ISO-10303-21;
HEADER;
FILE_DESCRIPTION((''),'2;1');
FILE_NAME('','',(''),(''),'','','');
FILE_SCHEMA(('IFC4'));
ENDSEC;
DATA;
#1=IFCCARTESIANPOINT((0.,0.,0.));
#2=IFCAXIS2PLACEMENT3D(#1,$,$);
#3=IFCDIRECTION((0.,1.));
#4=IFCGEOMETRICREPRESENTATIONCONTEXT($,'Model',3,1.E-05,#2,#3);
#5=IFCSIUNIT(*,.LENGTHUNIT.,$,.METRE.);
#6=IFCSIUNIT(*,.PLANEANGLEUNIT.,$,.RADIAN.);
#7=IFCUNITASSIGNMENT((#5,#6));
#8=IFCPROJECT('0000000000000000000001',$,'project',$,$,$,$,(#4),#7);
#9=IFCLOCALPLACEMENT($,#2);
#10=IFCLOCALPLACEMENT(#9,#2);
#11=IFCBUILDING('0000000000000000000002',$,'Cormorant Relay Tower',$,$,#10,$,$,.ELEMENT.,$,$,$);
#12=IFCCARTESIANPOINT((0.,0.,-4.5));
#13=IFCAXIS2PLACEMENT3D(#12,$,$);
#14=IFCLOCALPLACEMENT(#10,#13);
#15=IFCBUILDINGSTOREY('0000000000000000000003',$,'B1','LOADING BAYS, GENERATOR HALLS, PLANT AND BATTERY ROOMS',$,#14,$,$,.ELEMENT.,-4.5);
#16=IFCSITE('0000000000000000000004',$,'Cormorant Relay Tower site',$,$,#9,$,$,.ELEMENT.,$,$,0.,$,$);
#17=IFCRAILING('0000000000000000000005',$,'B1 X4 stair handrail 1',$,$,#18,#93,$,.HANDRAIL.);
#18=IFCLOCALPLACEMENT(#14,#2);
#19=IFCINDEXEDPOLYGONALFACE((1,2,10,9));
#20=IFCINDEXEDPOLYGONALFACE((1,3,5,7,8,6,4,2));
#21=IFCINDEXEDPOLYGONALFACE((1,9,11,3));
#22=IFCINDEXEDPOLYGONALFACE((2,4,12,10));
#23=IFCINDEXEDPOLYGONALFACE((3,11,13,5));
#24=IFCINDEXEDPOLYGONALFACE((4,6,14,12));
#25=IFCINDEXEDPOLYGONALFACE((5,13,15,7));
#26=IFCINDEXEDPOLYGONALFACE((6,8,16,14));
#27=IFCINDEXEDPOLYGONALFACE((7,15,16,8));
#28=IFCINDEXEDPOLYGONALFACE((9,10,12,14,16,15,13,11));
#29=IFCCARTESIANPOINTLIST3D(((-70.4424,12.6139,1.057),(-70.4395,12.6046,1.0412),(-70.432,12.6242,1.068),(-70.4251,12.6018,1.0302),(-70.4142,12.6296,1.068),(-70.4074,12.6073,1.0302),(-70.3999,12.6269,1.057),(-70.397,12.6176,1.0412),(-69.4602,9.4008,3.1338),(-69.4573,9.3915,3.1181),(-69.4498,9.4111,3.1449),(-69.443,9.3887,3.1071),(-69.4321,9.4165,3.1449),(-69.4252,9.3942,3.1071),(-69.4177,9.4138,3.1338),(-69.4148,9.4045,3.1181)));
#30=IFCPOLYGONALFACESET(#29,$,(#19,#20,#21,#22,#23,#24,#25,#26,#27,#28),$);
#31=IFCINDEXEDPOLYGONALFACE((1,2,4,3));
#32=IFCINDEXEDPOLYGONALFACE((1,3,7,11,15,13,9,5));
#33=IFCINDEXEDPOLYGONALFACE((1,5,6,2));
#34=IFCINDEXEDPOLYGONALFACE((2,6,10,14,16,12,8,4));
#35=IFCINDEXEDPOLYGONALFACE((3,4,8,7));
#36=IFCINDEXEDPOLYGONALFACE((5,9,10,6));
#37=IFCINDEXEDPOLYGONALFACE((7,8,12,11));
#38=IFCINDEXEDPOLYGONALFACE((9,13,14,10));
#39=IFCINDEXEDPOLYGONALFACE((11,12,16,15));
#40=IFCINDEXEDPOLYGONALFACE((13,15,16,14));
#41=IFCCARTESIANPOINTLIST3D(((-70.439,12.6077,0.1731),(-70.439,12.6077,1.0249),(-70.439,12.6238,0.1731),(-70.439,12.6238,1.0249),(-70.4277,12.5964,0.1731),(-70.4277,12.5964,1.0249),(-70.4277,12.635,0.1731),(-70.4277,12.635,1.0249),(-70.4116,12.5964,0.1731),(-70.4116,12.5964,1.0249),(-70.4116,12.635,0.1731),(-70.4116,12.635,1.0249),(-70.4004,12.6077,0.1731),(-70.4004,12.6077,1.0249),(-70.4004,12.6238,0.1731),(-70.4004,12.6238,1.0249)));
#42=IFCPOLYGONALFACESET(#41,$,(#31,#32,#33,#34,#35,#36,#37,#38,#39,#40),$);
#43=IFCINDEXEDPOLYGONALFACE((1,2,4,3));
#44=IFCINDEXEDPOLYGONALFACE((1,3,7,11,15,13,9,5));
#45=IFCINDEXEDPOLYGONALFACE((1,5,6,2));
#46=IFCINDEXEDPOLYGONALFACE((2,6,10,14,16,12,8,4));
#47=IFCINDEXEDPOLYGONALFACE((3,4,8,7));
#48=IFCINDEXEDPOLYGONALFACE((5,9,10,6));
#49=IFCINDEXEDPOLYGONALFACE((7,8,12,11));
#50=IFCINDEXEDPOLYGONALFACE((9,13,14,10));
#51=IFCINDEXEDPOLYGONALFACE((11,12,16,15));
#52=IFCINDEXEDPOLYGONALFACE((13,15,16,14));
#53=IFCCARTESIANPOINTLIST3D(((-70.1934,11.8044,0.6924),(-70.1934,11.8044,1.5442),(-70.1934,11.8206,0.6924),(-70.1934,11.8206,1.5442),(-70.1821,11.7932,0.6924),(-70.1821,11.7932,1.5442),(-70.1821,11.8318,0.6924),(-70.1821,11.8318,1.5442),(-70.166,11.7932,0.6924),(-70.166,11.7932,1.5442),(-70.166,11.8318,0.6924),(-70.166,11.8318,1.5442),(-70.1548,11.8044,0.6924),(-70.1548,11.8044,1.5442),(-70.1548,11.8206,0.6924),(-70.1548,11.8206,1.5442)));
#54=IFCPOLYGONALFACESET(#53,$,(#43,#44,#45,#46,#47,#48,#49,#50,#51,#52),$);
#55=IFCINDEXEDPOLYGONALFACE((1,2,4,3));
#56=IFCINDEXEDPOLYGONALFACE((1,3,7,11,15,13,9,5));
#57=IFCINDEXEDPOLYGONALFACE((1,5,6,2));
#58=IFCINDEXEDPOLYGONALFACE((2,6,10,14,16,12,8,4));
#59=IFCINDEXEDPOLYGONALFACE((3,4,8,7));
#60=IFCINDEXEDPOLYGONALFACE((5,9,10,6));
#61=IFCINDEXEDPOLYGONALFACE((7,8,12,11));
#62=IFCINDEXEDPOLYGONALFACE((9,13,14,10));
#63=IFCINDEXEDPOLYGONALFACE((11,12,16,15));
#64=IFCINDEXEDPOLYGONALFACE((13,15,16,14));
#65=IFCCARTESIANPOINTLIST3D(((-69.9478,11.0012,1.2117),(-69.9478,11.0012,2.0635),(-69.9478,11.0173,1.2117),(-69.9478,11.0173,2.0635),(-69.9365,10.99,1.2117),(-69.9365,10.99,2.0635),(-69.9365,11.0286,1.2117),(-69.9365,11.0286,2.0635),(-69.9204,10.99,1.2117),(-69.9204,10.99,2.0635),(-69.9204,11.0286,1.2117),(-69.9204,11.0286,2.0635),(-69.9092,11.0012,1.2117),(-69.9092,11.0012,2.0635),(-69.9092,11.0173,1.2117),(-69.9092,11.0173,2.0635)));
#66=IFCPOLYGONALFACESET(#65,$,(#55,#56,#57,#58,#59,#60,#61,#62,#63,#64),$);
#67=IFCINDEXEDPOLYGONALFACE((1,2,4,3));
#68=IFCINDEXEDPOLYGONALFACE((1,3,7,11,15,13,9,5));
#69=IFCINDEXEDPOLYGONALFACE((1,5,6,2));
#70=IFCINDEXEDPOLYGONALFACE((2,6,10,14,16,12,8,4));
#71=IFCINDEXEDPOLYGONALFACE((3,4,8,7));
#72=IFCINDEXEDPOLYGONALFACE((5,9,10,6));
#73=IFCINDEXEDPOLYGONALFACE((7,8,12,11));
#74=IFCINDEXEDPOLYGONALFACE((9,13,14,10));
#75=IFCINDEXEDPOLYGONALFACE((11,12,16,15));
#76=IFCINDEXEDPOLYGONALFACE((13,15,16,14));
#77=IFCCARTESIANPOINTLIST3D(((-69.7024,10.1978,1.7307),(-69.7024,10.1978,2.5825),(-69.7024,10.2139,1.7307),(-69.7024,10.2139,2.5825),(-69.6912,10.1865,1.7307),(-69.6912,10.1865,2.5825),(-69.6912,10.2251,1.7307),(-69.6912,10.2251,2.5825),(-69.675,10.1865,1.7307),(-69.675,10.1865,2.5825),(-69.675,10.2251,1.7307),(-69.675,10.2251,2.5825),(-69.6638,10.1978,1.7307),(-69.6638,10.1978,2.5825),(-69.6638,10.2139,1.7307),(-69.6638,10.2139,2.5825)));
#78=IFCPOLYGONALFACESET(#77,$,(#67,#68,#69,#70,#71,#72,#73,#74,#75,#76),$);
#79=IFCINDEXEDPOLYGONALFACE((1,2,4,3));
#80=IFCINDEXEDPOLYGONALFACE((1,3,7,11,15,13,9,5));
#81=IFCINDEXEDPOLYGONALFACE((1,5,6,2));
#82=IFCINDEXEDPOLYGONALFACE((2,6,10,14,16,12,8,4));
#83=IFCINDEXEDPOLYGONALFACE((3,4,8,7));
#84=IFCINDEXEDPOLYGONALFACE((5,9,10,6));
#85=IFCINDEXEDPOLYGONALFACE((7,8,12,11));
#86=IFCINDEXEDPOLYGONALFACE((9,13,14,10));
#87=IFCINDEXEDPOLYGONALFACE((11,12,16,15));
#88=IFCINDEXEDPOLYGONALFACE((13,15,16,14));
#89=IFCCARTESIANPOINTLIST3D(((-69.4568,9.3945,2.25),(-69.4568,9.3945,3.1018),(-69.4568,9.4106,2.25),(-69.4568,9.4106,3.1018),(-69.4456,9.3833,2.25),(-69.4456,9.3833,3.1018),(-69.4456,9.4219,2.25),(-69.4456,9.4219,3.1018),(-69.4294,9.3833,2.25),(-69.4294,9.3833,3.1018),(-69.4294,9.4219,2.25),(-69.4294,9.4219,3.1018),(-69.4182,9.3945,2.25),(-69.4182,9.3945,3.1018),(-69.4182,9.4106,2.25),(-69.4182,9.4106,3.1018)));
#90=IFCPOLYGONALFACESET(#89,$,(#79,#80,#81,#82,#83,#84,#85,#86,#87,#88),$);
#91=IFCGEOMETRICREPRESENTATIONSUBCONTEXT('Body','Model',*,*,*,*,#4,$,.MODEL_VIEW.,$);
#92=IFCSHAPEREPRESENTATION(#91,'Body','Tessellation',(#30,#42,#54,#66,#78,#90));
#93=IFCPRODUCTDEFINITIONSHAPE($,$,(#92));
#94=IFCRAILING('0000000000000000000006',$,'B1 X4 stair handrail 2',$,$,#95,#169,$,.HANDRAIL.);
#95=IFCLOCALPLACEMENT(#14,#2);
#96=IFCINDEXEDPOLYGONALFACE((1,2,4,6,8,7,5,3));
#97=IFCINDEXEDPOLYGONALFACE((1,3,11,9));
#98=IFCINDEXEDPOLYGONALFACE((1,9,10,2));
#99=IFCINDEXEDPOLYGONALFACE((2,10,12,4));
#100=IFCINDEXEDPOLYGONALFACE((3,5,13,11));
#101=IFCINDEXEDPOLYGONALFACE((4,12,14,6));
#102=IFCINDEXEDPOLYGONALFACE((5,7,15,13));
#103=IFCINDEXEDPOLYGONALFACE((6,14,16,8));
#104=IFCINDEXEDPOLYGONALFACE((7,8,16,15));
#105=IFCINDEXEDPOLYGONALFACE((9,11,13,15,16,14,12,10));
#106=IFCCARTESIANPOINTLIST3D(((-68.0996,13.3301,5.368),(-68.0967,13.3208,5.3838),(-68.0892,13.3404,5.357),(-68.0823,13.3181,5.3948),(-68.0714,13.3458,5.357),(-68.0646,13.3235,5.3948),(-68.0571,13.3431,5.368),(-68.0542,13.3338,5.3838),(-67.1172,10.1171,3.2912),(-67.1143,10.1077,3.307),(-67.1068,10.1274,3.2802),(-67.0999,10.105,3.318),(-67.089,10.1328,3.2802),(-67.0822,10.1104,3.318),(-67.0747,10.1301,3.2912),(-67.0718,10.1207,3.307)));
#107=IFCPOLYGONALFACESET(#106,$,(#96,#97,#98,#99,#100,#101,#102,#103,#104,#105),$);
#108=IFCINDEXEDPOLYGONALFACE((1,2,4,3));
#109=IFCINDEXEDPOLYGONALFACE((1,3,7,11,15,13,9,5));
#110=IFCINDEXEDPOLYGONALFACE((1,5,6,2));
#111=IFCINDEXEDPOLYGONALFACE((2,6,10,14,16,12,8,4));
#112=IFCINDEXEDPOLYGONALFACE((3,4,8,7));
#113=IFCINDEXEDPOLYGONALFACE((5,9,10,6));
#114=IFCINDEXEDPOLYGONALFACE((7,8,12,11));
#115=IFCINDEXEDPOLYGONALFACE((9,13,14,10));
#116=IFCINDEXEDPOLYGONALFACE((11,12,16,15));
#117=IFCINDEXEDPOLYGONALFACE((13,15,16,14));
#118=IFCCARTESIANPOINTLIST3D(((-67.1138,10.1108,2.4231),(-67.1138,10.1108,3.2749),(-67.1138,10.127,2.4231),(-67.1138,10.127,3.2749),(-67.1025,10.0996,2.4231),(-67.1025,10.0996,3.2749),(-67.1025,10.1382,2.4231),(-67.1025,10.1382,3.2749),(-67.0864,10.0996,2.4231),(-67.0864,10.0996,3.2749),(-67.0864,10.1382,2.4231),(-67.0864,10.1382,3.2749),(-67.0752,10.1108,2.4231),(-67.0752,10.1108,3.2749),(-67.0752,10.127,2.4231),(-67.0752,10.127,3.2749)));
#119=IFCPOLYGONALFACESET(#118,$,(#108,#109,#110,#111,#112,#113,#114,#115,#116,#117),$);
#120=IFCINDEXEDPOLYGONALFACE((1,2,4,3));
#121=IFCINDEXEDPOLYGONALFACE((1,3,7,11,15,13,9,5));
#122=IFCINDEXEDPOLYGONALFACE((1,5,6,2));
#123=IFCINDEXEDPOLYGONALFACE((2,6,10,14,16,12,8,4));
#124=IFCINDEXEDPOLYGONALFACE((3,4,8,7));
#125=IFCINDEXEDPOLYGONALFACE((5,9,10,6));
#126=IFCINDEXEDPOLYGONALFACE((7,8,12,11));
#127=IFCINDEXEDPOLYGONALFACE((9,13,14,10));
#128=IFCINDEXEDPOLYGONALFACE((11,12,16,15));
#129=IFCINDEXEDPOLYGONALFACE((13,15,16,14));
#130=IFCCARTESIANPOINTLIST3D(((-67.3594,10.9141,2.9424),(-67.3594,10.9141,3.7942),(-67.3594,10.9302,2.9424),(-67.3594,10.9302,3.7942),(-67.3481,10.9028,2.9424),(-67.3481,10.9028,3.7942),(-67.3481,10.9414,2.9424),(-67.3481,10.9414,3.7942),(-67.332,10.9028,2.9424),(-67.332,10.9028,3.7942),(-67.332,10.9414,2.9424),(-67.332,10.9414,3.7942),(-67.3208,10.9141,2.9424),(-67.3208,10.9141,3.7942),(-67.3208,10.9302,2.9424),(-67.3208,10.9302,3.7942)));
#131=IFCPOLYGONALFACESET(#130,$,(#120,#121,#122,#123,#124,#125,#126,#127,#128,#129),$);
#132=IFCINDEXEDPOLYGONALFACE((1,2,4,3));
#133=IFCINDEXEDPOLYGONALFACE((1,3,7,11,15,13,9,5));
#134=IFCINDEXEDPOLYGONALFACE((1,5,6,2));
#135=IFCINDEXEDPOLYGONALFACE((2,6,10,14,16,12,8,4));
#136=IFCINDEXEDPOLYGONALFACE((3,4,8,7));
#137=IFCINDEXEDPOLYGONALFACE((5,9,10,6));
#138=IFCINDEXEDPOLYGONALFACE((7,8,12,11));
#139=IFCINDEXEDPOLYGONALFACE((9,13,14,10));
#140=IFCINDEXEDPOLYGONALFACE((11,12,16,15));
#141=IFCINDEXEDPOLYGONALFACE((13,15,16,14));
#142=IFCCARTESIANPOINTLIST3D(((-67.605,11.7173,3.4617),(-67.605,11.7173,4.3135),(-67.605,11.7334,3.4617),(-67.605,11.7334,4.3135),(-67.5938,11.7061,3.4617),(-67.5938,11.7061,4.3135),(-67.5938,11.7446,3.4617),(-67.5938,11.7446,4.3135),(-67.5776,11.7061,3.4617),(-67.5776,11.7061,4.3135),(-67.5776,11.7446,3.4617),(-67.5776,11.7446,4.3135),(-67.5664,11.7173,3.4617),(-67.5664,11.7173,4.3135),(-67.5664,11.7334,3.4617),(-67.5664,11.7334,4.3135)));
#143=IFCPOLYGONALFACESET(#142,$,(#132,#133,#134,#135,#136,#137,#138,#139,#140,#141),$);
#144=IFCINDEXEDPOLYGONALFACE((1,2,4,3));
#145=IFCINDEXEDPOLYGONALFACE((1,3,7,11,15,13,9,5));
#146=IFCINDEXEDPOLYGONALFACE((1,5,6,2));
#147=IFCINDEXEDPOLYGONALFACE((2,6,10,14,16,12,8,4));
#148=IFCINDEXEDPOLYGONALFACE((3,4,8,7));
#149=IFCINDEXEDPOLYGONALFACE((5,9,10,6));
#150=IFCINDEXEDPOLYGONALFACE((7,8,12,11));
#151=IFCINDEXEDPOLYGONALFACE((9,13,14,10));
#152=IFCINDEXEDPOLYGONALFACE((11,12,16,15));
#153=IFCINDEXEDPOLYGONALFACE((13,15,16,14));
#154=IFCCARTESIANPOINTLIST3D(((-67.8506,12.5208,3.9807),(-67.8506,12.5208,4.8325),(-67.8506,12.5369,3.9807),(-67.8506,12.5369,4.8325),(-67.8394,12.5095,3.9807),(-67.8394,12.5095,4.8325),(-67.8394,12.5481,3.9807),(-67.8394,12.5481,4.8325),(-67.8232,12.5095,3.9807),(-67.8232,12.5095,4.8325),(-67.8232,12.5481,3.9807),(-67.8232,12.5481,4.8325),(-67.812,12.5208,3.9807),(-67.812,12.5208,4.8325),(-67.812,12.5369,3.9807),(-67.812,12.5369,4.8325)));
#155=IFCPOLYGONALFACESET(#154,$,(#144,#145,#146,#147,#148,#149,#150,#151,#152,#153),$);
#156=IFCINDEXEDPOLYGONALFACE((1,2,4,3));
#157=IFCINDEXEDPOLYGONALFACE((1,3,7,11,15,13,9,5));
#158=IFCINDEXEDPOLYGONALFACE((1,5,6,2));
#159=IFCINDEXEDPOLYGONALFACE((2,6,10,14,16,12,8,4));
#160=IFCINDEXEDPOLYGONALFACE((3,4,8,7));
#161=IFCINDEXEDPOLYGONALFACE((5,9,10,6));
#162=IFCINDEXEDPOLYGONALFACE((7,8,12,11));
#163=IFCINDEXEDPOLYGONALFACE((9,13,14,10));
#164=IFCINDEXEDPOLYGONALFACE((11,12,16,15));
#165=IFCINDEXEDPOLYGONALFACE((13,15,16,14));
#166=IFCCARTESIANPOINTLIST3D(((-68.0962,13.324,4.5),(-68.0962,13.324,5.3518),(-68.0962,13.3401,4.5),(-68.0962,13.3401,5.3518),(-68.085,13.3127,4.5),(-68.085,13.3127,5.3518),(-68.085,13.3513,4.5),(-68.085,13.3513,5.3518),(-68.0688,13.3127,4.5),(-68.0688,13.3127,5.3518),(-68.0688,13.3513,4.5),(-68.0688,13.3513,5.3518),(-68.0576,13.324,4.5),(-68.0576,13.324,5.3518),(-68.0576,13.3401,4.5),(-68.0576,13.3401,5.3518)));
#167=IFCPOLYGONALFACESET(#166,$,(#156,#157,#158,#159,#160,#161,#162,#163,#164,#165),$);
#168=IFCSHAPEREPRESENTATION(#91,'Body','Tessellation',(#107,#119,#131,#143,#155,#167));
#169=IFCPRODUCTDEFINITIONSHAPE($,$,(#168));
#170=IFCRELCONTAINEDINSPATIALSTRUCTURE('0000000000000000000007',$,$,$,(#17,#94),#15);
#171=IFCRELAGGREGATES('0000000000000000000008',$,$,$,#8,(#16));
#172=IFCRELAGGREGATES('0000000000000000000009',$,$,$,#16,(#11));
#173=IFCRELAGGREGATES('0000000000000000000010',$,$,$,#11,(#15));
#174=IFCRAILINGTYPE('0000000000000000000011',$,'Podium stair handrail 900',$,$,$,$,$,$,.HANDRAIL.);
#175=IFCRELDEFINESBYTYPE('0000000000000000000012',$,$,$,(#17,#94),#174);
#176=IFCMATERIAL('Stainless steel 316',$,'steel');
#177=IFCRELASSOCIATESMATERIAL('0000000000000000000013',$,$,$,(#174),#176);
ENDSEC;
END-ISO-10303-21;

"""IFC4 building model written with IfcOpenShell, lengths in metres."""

from ifc_helpers import new_model, si_unit, direction, frame, origin, place, context, subcontext, project, spatial, polyline, outline, extrude, material, type_object, element, save


model = new_model("IFC4")

# Units and contexts
model_context = context("Model", 3, precision=1e-05, world=origin(), true_north=direction((0.0, 1.0)))
body_context = subcontext(model_context, "Body", "Model", "MODEL_VIEW")
ifc_project = project(units=[si_unit("LENGTHUNIT", "METRE"), si_unit("PLANEANGLEUNIT", "RADIAN")], contexts=[model_context])

# Site, building, storey
site_placement = place(None, origin())
site = spatial("IfcSite", under=ifc_project, at=site_placement, Name="Cormorant Relay Tower site", CompositionType="ELEMENT", RefElevation=0.0)
building_placement = place(site_placement, origin())
building = spatial("IfcBuilding", under=site, at=building_placement, Name="Cormorant Relay Tower", CompositionType="ELEMENT")
storey_placement = place(building_placement, frame((0.0, 0.0, -4.5)))
storey = spatial("IfcBuildingStorey", under=building, at=storey_placement, Name="B1", Description="LOADING BAYS, GENERATOR HALLS, PLANT AND BATTERY ROOMS", CompositionType="ELEMENT", Elevation=-4.5)

# Railings
ifc_material_1 = material(Name="Stainless steel 316", Category="steel")
railing_type_1 = type_object("IfcRailingType", Name="Podium stair handrail 900", PredefinedType="HANDRAIL", material=ifc_material_1)
railing_1_placement = place(storey_placement, frame((-70.4197, 12.6157, 0.1731)))
element("IfcRailing", 1, at=railing_1_placement, inside=storey, type_object=railing_type_1, Name="B1 X4 stair handrail 1", PredefinedType="HANDRAIL", context=body_context, shape_type="SweptSolid", body=[
    extrude(outline(polyline([(0.0222, 0.0093), (0.0093, 0.0222), (-0.0093, 0.0222), (-0.0222, 0.0093), (-0.0222, -0.0093), (-0.0093, -0.0222), (0.0093, -0.0222), (0.0222, -0.0093), (0.0222, 0.0093)])), frame((0.0, 0.0, 0.876), z_axis=(0.248653, -0.813453, 0.5258), x_axis=(0.956319, 0.292324, 0.0)), (0.0, 0.0, 1.0), 3.95),
    extrude(outline(polyline([(0.0193, 0.0081), (0.0081, 0.0193), (-0.0081, 0.0193), (-0.0193, 0.0081), (-0.0193, -0.0081), (-0.0081, -0.0193), (0.0081, -0.0193), (0.0193, -0.0081), (0.0193, 0.0081)])), origin(), (0.0, 0.0, 1.0), 0.8518),
    extrude(outline(polyline([(0.0193, 0.0081), (0.0081, 0.0193), (-0.0081, 0.0193), (-0.0193, 0.0081), (-0.0193, -0.0081), (-0.0081, -0.0193), (0.0081, -0.0193), (0.0193, -0.0081), (0.0193, 0.0081)])), frame((0.2456, -0.8032, 0.5193)), (0.0, 0.0, 1.0), 0.8518),
    extrude(outline(polyline([(0.0193, 0.0081), (0.0081, 0.0193), (-0.0081, 0.0193), (-0.0193, 0.0081), (-0.0193, -0.0081), (-0.0081, -0.0193), (0.0081, -0.0193), (0.0193, -0.0081), (0.0193, 0.0081)])), frame((0.4912, -1.6064, 1.0386)), (0.0, 0.0, 1.0), 0.8518),
    extrude(outline(polyline([(0.0193, 0.0081), (0.0081, 0.0193), (-0.0081, 0.0193), (-0.0193, 0.0081), (-0.0193, -0.0081), (-0.0081, -0.0193), (0.0081, -0.0193), (0.0193, -0.0081), (0.0193, 0.0081)])), frame((0.7366, -2.4099, 1.5576)), (0.0, 0.0, 1.0), 0.8518),
    extrude(outline(polyline([(0.0193, 0.0081), (0.0081, 0.0193), (-0.0081, 0.0193), (-0.0193, 0.0081), (-0.0193, -0.0081), (-0.0081, -0.0193), (0.0081, -0.0193), (0.0193, -0.0081), (0.0193, 0.0081)])), frame((0.9822, -3.2131, 2.0769)), (0.0, 0.0, 1.0), 0.8518),
])
railing_2_placement = place(storey_placement, frame((-67.0945, 10.1189, 2.4231)))
element("IfcRailing", 2, at=railing_2_placement, inside=storey, type_object=railing_type_1, Name="B1 X4 stair handrail 2", PredefinedType="HANDRAIL", context=body_context, shape_type="SweptSolid", body=[
    extrude(outline(polyline([(0.0222, 0.0093), (0.0093, 0.0222), (-0.0093, 0.0222), (-0.0222, 0.0093), (-0.0222, -0.0093), (-0.0093, -0.0222), (0.0093, -0.0222), (0.0222, -0.0093), (0.0222, 0.0093)])), frame((0.0, 0.0, 0.876), z_axis=(-0.248711, 0.813441, 0.525791), x_axis=(-0.956299, -0.29239, 0.0)), (0.0, 0.0, 1.0), 3.95),
    extrude(outline(polyline([(0.0193, 0.0081), (0.0081, 0.0193), (-0.0081, 0.0193), (-0.0193, 0.0081), (-0.0193, -0.0081), (-0.0081, -0.0193), (0.0081, -0.0193), (0.0193, -0.0081), (0.0193, 0.0081)])), origin(), (0.0, 0.0, 1.0), 0.8518),
    extrude(outline(polyline([(0.0193, 0.0081), (0.0081, 0.0193), (-0.0081, 0.0193), (-0.0193, 0.0081), (-0.0193, -0.0081), (-0.0081, -0.0193), (0.0081, -0.0193), (0.0193, -0.0081), (0.0193, 0.0081)])), frame((-0.2456, 0.8032, 0.5193)), (0.0, 0.0, 1.0), 0.8518),
    extrude(outline(polyline([(0.0193, 0.0081), (0.0081, 0.0193), (-0.0081, 0.0193), (-0.0193, 0.0081), (-0.0193, -0.0081), (-0.0081, -0.0193), (0.0081, -0.0193), (0.0193, -0.0081), (0.0193, 0.0081)])), frame((-0.4912, 1.6064, 1.0386)), (0.0, 0.0, 1.0), 0.8518),
    extrude(outline(polyline([(0.0193, 0.0081), (0.0081, 0.0193), (-0.0081, 0.0193), (-0.0193, 0.0081), (-0.0193, -0.0081), (-0.0081, -0.0193), (0.0081, -0.0193), (0.0193, -0.0081), (0.0193, 0.0081)])), frame((-0.7368, 2.4099, 1.5576)), (0.0, 0.0, 1.0), 0.8518),
    extrude(outline(polyline([(0.0193, 0.0081), (0.0081, 0.0193), (-0.0081, 0.0193), (-0.0193, 0.0081), (-0.0193, -0.0081), (-0.0081, -0.0193), (0.0081, -0.0193), (0.0193, -0.0081), (0.0193, 0.0081)])), frame((-0.9824, 3.2131, 2.0769)), (0.0, 0.0, 1.0), 0.8518),
])

save(model, "model.ifc")
